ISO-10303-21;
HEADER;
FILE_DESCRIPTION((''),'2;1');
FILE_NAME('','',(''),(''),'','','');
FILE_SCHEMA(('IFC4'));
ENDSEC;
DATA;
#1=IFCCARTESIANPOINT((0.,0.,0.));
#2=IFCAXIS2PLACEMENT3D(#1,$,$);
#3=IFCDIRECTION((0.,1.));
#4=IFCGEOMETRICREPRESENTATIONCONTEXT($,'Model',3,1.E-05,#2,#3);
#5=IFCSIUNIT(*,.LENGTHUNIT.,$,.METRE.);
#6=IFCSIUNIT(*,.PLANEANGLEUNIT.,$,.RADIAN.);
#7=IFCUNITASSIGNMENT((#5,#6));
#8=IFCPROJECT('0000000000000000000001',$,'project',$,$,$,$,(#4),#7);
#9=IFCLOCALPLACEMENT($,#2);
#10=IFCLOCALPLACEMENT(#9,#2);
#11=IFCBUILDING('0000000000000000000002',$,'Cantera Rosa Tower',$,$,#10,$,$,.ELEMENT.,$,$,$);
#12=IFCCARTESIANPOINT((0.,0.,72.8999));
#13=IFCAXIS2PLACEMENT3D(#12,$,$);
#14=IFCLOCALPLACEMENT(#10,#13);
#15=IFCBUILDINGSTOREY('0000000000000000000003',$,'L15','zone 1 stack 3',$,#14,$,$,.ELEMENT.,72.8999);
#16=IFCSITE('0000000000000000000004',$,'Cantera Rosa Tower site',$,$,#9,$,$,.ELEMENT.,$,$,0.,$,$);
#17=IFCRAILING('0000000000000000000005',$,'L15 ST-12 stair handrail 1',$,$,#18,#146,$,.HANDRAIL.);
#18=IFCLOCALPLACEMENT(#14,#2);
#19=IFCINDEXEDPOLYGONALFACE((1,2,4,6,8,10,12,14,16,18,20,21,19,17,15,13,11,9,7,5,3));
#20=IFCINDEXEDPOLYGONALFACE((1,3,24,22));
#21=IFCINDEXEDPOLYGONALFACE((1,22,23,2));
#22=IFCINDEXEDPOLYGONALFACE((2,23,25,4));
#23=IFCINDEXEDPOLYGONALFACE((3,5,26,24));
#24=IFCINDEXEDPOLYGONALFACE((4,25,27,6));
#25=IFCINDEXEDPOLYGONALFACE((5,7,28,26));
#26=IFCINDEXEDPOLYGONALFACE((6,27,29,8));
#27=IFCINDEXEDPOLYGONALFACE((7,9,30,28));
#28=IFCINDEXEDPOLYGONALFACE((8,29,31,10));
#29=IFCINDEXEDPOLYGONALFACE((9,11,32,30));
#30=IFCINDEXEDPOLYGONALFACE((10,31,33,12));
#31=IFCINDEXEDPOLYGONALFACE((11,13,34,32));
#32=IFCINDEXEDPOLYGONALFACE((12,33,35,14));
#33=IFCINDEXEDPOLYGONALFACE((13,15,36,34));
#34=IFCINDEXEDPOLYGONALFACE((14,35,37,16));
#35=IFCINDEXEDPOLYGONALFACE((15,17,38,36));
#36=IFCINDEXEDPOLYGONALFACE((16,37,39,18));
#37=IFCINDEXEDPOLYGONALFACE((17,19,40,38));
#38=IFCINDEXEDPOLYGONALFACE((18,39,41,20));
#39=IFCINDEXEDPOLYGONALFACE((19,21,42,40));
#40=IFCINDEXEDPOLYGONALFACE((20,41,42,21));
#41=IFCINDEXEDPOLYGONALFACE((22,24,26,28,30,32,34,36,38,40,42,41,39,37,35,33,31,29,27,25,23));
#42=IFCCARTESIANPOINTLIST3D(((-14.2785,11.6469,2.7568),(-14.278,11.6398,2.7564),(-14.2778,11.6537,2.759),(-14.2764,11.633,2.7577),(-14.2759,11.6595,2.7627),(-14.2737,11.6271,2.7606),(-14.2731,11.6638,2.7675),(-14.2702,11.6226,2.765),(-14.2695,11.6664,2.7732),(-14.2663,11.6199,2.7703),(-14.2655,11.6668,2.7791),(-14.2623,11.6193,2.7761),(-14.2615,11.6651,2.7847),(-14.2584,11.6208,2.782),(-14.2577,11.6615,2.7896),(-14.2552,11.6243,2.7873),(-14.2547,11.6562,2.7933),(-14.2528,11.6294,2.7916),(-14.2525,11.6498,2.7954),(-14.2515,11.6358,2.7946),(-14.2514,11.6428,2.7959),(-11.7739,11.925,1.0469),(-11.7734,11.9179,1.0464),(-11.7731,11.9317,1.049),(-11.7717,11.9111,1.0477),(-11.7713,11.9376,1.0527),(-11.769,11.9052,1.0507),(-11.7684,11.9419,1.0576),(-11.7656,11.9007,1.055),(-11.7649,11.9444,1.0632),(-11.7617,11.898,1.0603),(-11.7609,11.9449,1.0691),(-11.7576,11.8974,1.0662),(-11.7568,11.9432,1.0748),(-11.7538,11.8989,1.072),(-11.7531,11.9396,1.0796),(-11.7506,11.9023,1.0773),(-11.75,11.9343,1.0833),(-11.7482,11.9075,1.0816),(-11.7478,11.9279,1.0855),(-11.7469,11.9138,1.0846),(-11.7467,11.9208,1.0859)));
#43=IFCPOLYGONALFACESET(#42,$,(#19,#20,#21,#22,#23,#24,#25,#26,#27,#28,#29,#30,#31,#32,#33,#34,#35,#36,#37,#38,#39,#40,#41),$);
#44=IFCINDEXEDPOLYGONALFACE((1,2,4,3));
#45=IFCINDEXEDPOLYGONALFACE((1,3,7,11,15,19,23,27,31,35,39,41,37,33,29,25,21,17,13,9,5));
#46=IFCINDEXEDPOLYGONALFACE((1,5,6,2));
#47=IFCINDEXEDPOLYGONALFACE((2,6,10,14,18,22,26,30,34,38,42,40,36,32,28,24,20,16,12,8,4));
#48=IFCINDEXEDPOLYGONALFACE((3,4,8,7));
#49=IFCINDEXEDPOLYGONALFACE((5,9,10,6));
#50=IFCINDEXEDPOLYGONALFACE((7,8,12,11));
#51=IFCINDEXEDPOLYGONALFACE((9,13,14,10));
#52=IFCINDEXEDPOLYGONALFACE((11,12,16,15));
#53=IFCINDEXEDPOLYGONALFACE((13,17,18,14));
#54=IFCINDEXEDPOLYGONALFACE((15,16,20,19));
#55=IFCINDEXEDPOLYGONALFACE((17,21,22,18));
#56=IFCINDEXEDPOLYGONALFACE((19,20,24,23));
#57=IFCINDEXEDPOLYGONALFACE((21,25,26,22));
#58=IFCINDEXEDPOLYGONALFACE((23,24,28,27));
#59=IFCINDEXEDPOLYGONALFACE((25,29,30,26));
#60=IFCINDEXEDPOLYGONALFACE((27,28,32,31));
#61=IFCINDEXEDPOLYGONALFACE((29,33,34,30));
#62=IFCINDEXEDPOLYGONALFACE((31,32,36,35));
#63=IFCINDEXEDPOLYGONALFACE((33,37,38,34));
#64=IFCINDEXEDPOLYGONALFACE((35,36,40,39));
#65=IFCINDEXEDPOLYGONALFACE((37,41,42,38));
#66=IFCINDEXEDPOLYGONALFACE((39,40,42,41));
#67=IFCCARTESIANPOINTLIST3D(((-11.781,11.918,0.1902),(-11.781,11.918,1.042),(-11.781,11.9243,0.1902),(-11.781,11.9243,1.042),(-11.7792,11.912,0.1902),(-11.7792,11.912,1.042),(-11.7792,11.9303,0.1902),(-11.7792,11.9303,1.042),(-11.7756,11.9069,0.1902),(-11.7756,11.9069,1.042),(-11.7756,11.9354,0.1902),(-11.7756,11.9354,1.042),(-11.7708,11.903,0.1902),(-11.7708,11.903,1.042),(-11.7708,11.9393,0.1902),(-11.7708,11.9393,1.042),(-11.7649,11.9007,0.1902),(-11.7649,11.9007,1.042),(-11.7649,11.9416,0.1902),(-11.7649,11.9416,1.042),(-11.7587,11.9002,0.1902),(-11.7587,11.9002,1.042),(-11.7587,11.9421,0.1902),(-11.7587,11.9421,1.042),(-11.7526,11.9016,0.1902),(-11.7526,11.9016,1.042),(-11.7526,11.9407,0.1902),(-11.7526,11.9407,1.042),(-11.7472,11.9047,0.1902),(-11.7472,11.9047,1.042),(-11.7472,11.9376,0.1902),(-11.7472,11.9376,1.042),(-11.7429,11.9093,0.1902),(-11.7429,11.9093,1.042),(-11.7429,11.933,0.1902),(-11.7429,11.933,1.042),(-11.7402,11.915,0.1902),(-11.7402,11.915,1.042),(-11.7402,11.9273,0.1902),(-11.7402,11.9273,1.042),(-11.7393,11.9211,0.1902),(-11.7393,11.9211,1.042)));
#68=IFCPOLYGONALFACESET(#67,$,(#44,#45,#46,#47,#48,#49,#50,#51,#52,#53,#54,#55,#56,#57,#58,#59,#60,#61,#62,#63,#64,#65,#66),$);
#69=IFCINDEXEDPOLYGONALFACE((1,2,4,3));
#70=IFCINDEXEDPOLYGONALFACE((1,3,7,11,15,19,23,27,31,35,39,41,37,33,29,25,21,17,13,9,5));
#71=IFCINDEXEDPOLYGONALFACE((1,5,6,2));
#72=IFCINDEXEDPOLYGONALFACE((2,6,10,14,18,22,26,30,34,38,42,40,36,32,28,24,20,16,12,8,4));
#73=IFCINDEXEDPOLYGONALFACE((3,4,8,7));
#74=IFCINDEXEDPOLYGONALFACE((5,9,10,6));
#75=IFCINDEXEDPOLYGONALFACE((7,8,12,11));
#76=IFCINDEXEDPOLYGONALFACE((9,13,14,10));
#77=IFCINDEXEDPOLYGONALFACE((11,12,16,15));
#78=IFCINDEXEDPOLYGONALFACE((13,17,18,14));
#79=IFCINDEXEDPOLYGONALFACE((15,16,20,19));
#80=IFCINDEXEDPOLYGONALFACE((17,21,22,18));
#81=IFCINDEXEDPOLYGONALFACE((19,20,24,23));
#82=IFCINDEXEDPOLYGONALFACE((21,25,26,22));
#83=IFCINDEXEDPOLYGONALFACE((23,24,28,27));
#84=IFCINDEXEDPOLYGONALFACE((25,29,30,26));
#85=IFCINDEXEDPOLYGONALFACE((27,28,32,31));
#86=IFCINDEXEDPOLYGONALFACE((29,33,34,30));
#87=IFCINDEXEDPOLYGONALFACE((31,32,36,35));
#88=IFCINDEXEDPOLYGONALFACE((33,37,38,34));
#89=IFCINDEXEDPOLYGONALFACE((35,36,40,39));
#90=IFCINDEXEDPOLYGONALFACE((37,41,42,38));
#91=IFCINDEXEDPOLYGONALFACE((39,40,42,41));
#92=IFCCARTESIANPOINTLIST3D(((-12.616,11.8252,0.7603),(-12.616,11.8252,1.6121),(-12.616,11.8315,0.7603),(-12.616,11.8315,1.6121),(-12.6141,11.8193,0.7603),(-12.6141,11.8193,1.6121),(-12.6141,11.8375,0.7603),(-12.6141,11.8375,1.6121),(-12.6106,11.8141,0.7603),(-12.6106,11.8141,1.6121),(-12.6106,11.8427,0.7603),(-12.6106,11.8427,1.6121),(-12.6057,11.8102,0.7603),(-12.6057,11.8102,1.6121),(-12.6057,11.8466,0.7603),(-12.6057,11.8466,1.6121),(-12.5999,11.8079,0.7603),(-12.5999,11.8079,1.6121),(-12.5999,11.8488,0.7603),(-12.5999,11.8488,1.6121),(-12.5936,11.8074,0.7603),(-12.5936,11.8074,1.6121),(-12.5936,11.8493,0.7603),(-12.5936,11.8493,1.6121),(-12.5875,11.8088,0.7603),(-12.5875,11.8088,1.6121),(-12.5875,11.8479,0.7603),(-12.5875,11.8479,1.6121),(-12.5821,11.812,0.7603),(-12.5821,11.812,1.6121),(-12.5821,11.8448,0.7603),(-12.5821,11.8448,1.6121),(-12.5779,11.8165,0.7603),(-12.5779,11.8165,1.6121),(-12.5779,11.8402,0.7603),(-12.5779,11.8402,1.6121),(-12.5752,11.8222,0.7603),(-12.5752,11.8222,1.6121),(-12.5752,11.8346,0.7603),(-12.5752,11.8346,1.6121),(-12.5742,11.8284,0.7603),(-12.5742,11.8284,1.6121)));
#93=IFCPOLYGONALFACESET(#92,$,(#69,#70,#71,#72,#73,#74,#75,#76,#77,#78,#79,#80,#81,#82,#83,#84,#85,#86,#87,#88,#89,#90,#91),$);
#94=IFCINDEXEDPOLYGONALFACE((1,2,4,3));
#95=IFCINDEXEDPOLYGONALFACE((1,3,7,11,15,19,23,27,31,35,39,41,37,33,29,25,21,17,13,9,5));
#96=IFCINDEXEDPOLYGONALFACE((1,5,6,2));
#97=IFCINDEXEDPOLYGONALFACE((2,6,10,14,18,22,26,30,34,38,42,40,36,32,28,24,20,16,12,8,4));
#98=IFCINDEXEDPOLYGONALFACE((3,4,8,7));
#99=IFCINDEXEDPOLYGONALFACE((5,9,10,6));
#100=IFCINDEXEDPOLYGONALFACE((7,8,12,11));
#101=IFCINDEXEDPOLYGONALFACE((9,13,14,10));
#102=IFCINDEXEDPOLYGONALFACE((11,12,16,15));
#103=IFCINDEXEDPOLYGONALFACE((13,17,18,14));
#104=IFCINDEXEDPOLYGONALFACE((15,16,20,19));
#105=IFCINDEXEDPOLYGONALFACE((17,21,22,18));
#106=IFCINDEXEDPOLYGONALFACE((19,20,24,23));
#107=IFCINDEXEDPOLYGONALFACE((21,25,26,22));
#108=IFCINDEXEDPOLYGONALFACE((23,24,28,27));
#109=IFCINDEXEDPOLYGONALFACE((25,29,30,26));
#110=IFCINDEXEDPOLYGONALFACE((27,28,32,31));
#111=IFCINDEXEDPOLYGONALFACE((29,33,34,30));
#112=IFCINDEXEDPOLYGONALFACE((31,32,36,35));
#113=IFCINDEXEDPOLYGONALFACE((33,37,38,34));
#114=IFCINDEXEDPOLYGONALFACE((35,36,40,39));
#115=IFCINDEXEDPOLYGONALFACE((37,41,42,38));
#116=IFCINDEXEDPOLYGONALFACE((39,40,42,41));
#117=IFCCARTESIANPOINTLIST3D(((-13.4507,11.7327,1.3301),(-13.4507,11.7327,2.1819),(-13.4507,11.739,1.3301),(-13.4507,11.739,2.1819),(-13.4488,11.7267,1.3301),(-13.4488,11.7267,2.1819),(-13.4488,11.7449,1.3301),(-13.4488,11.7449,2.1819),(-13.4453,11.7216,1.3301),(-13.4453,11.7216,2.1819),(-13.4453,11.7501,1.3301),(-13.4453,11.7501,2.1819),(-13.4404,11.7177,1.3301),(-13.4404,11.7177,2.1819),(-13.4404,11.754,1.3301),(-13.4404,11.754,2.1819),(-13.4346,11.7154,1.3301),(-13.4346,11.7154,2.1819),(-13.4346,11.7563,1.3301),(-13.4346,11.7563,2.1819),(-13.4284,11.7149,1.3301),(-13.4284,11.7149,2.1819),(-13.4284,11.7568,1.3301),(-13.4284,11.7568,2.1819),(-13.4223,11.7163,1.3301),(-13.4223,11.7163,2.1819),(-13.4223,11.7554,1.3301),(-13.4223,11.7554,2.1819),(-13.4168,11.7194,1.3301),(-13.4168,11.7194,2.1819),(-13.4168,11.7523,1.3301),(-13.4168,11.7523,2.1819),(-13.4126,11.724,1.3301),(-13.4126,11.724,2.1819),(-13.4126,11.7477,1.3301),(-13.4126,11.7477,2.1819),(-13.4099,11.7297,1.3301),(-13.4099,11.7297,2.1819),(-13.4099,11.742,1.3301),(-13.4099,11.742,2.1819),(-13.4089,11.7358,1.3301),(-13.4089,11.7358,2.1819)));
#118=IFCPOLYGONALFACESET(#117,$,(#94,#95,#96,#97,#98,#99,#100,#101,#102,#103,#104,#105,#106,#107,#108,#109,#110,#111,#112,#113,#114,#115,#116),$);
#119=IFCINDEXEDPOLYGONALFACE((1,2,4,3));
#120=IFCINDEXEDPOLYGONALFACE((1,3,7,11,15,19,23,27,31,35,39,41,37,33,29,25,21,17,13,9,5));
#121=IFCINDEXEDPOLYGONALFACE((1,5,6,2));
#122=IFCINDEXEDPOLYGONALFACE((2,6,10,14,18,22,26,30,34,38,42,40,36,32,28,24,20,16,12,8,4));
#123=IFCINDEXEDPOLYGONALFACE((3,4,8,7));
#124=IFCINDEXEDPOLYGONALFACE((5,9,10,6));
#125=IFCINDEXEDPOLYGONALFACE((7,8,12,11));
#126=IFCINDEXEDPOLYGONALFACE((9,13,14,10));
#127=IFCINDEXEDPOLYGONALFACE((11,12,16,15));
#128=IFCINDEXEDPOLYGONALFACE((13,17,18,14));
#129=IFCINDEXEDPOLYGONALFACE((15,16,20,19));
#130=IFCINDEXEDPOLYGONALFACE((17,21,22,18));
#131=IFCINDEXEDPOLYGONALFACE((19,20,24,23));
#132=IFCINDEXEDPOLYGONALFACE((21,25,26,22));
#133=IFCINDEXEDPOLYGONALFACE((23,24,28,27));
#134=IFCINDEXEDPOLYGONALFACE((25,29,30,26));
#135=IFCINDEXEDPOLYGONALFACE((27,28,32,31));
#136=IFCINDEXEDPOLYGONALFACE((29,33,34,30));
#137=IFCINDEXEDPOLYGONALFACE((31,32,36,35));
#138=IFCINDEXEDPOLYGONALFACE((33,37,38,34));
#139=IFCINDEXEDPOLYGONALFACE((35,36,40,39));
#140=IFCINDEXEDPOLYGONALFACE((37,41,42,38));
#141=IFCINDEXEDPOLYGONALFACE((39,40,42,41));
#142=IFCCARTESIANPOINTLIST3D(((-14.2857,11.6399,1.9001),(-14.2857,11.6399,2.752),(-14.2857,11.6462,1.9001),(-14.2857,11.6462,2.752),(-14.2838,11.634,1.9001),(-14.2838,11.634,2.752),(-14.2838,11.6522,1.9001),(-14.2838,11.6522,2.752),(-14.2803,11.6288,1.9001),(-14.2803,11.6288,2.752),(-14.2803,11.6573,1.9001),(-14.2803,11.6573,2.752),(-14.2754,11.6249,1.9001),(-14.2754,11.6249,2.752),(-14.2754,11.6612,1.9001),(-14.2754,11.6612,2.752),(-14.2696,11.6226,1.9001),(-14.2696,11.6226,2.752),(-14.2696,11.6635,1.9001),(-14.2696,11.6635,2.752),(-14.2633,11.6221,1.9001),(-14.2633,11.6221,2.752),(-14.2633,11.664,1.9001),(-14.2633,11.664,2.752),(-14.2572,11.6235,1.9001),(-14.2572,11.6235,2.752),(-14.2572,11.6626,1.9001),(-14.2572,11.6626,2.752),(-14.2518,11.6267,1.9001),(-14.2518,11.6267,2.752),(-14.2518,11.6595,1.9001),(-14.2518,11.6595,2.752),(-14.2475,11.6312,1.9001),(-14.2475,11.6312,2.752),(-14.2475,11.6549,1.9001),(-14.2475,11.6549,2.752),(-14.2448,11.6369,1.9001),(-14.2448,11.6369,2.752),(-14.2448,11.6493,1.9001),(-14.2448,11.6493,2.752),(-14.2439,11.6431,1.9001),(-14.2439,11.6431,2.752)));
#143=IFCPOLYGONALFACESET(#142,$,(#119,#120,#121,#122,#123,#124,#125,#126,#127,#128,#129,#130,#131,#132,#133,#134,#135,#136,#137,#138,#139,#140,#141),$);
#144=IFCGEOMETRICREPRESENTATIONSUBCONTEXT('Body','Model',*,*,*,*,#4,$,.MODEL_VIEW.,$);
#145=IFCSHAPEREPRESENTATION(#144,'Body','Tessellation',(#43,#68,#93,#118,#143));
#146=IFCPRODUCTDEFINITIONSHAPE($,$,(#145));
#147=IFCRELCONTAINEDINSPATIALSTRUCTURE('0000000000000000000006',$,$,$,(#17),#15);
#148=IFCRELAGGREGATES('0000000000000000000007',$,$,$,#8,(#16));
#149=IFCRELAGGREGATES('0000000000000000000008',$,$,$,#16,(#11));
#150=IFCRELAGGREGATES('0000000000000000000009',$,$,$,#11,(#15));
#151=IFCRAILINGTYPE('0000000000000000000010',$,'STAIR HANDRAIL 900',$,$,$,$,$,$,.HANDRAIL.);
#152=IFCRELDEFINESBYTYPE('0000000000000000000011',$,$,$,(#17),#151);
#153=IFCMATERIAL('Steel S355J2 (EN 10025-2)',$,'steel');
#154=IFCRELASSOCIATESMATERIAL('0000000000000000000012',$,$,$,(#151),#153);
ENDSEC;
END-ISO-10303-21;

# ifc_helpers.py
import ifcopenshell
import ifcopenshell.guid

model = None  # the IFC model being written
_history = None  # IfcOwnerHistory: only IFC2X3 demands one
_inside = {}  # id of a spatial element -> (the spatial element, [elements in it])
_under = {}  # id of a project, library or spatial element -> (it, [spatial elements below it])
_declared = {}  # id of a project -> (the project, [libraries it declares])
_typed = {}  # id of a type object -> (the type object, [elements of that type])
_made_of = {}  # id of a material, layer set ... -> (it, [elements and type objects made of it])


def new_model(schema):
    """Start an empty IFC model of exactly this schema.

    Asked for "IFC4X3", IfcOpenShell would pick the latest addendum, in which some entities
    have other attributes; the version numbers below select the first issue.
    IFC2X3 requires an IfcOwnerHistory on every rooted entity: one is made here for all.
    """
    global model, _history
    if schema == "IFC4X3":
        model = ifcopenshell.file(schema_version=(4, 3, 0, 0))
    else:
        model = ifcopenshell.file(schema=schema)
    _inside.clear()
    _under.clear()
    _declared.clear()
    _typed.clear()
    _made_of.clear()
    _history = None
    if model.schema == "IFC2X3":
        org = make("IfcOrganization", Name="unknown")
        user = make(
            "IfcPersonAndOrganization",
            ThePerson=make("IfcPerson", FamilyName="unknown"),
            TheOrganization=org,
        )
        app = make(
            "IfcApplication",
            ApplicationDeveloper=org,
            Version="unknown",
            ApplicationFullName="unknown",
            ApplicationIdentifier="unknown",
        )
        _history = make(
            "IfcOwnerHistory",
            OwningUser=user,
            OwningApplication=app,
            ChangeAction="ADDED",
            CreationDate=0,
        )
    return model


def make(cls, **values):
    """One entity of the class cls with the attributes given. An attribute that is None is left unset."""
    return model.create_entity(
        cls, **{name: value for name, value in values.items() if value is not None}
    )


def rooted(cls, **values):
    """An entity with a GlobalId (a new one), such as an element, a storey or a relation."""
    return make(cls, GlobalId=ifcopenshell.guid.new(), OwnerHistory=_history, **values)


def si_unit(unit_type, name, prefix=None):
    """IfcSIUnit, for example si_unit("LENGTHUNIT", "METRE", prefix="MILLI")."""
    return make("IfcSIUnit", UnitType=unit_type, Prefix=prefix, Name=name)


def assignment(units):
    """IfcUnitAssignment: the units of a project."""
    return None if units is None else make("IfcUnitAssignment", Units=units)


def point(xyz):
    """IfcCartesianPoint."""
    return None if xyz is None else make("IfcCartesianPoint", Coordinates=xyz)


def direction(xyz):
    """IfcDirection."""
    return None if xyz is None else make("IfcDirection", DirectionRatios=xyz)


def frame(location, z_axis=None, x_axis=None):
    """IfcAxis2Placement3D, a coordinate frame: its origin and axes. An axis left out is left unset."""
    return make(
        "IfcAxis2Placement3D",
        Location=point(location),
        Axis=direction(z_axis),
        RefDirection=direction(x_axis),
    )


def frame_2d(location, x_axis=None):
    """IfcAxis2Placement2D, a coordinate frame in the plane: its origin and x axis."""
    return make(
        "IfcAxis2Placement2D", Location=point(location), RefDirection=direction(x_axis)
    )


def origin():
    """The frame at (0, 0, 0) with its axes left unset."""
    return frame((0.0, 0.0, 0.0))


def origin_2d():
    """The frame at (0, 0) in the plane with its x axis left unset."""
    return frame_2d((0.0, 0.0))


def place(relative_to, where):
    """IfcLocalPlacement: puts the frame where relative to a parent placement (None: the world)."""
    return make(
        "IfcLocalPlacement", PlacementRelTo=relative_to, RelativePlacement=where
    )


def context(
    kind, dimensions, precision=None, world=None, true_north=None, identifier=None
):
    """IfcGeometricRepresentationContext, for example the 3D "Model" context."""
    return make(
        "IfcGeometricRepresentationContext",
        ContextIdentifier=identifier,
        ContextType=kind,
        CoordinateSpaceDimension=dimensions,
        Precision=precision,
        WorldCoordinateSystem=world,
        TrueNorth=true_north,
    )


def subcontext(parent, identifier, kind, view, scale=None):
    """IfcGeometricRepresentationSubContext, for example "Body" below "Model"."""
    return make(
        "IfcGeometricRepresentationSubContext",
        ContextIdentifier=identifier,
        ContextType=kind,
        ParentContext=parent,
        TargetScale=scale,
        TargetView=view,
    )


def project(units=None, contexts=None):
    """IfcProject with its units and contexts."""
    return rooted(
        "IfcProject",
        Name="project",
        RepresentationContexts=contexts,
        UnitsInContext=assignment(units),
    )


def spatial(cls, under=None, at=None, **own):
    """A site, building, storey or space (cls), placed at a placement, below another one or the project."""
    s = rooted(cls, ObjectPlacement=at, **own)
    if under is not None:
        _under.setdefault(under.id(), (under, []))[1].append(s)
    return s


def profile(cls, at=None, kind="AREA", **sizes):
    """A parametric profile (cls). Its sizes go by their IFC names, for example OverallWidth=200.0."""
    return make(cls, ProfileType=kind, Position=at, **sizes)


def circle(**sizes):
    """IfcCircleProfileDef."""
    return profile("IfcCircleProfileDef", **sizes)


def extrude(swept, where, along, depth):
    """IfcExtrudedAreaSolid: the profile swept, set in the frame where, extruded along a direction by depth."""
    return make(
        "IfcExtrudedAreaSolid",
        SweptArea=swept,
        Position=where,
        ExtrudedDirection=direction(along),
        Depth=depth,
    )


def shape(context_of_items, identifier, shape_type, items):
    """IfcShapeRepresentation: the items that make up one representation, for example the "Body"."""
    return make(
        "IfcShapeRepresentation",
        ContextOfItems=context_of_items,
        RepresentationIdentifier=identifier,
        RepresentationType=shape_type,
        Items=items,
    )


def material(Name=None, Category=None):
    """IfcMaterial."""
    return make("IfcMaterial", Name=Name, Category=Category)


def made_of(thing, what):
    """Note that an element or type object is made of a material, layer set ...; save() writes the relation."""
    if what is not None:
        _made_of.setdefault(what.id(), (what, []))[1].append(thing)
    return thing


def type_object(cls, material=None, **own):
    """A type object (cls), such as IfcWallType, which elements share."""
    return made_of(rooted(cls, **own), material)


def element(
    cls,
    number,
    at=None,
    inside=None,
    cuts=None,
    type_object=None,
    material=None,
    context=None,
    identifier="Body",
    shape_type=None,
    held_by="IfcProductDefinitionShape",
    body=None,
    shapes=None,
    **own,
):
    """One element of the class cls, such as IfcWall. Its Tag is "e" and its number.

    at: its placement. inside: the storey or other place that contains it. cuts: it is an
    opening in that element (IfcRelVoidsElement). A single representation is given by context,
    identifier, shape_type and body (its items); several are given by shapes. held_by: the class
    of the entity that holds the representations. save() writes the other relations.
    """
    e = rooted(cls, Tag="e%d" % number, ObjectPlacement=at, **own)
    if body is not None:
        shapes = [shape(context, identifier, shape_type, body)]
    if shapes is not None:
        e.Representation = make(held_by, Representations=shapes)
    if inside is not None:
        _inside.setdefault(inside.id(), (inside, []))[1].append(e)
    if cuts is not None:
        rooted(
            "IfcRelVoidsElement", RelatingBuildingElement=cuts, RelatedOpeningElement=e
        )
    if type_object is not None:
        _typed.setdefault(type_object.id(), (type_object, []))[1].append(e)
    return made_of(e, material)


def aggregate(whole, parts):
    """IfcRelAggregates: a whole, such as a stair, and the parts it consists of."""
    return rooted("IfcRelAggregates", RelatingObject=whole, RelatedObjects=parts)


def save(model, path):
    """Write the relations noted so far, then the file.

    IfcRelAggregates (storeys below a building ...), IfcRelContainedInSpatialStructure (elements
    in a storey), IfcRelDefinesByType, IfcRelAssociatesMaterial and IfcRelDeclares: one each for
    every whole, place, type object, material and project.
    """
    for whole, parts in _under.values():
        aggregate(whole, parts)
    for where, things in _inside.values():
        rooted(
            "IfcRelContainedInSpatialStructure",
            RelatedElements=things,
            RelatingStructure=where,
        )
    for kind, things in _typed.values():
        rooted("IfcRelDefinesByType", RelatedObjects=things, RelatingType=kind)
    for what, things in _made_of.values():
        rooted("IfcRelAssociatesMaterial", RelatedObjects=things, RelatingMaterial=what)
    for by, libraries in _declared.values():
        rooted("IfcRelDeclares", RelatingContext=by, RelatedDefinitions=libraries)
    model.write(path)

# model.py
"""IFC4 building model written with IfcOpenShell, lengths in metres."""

from ifc_helpers import new_model, si_unit, direction, frame, origin, origin_2d, place, context, subcontext, project, spatial, circle, extrude, material, type_object, element, save


model = new_model("IFC4")

# Units and contexts
model_context = context("Model", 3, precision=1e-05, world=origin(), true_north=direction((0.0, 1.0)))
body_context = subcontext(model_context, "Body", "Model", "MODEL_VIEW")
ifc_project = project(units=[si_unit("LENGTHUNIT", "METRE"), si_unit("PLANEANGLEUNIT", "RADIAN")], contexts=[model_context])

# Site, building, storey
site_placement = place(None, origin())
site = spatial("IfcSite", under=ifc_project, at=site_placement, Name="Cantera Rosa Tower site", CompositionType="ELEMENT", RefElevation=0.0)
building_placement = place(site_placement, origin())
building = spatial("IfcBuilding", under=site, at=building_placement, Name="Cantera Rosa Tower", CompositionType="ELEMENT")
storey_placement = place(building_placement, frame((0.0, 0.0, 72.8999)))
storey = spatial("IfcBuildingStorey", under=building, at=storey_placement, Name="L15", Description="zone 1 stack 3", CompositionType="ELEMENT", Elevation=72.8999)

# Railing
ifc_material_1 = material(Name="Steel S355J2 (EN 10025-2)", Category="steel")
railing_type_1 = type_object("IfcRailingType", Name="STAIR HANDRAIL 900", PredefinedType="HANDRAIL", material=ifc_material_1)
railing_1_placement = place(storey_placement, frame((-11.7603, 11.9211, 0.1902)))
element("IfcRailing", 1, at=railing_1_placement, inside=storey, type_object=railing_type_1, Name="L15 ST-12 stair handrail 1", PredefinedType="HANDRAIL", context=body_context, shape_type="SweptSolid", body=[
    extrude(circle(Radius=0.0239, at=origin_2d()), frame((0.0, 0.0, 0.876), z_axis=(-0.822431, -0.09131, 0.561488), x_axis=(0.110346, -0.993893, 0.0)), (0.0, 0.0, 1.0), 3.0454),
    extrude(circle(Radius=0.021, at=origin_2d()), origin(), (0.0, 0.0, 1.0), 0.8518),
    extrude(circle(Radius=0.021, at=origin_2d()), frame((-0.835, -0.0928, 0.5701)), (0.0, 0.0, 1.0), 0.8518),
    extrude(circle(Radius=0.021, at=origin_2d()), frame((-1.6697, -0.1853, 1.1399)), (0.0, 0.0, 1.0), 0.8518),
    extrude(circle(Radius=0.021, at=origin_2d()), frame((-2.5046, -0.2781, 1.71)), (0.0, 0.0, 1.0), 0.8518),
])

save(model, "model.ifc")
